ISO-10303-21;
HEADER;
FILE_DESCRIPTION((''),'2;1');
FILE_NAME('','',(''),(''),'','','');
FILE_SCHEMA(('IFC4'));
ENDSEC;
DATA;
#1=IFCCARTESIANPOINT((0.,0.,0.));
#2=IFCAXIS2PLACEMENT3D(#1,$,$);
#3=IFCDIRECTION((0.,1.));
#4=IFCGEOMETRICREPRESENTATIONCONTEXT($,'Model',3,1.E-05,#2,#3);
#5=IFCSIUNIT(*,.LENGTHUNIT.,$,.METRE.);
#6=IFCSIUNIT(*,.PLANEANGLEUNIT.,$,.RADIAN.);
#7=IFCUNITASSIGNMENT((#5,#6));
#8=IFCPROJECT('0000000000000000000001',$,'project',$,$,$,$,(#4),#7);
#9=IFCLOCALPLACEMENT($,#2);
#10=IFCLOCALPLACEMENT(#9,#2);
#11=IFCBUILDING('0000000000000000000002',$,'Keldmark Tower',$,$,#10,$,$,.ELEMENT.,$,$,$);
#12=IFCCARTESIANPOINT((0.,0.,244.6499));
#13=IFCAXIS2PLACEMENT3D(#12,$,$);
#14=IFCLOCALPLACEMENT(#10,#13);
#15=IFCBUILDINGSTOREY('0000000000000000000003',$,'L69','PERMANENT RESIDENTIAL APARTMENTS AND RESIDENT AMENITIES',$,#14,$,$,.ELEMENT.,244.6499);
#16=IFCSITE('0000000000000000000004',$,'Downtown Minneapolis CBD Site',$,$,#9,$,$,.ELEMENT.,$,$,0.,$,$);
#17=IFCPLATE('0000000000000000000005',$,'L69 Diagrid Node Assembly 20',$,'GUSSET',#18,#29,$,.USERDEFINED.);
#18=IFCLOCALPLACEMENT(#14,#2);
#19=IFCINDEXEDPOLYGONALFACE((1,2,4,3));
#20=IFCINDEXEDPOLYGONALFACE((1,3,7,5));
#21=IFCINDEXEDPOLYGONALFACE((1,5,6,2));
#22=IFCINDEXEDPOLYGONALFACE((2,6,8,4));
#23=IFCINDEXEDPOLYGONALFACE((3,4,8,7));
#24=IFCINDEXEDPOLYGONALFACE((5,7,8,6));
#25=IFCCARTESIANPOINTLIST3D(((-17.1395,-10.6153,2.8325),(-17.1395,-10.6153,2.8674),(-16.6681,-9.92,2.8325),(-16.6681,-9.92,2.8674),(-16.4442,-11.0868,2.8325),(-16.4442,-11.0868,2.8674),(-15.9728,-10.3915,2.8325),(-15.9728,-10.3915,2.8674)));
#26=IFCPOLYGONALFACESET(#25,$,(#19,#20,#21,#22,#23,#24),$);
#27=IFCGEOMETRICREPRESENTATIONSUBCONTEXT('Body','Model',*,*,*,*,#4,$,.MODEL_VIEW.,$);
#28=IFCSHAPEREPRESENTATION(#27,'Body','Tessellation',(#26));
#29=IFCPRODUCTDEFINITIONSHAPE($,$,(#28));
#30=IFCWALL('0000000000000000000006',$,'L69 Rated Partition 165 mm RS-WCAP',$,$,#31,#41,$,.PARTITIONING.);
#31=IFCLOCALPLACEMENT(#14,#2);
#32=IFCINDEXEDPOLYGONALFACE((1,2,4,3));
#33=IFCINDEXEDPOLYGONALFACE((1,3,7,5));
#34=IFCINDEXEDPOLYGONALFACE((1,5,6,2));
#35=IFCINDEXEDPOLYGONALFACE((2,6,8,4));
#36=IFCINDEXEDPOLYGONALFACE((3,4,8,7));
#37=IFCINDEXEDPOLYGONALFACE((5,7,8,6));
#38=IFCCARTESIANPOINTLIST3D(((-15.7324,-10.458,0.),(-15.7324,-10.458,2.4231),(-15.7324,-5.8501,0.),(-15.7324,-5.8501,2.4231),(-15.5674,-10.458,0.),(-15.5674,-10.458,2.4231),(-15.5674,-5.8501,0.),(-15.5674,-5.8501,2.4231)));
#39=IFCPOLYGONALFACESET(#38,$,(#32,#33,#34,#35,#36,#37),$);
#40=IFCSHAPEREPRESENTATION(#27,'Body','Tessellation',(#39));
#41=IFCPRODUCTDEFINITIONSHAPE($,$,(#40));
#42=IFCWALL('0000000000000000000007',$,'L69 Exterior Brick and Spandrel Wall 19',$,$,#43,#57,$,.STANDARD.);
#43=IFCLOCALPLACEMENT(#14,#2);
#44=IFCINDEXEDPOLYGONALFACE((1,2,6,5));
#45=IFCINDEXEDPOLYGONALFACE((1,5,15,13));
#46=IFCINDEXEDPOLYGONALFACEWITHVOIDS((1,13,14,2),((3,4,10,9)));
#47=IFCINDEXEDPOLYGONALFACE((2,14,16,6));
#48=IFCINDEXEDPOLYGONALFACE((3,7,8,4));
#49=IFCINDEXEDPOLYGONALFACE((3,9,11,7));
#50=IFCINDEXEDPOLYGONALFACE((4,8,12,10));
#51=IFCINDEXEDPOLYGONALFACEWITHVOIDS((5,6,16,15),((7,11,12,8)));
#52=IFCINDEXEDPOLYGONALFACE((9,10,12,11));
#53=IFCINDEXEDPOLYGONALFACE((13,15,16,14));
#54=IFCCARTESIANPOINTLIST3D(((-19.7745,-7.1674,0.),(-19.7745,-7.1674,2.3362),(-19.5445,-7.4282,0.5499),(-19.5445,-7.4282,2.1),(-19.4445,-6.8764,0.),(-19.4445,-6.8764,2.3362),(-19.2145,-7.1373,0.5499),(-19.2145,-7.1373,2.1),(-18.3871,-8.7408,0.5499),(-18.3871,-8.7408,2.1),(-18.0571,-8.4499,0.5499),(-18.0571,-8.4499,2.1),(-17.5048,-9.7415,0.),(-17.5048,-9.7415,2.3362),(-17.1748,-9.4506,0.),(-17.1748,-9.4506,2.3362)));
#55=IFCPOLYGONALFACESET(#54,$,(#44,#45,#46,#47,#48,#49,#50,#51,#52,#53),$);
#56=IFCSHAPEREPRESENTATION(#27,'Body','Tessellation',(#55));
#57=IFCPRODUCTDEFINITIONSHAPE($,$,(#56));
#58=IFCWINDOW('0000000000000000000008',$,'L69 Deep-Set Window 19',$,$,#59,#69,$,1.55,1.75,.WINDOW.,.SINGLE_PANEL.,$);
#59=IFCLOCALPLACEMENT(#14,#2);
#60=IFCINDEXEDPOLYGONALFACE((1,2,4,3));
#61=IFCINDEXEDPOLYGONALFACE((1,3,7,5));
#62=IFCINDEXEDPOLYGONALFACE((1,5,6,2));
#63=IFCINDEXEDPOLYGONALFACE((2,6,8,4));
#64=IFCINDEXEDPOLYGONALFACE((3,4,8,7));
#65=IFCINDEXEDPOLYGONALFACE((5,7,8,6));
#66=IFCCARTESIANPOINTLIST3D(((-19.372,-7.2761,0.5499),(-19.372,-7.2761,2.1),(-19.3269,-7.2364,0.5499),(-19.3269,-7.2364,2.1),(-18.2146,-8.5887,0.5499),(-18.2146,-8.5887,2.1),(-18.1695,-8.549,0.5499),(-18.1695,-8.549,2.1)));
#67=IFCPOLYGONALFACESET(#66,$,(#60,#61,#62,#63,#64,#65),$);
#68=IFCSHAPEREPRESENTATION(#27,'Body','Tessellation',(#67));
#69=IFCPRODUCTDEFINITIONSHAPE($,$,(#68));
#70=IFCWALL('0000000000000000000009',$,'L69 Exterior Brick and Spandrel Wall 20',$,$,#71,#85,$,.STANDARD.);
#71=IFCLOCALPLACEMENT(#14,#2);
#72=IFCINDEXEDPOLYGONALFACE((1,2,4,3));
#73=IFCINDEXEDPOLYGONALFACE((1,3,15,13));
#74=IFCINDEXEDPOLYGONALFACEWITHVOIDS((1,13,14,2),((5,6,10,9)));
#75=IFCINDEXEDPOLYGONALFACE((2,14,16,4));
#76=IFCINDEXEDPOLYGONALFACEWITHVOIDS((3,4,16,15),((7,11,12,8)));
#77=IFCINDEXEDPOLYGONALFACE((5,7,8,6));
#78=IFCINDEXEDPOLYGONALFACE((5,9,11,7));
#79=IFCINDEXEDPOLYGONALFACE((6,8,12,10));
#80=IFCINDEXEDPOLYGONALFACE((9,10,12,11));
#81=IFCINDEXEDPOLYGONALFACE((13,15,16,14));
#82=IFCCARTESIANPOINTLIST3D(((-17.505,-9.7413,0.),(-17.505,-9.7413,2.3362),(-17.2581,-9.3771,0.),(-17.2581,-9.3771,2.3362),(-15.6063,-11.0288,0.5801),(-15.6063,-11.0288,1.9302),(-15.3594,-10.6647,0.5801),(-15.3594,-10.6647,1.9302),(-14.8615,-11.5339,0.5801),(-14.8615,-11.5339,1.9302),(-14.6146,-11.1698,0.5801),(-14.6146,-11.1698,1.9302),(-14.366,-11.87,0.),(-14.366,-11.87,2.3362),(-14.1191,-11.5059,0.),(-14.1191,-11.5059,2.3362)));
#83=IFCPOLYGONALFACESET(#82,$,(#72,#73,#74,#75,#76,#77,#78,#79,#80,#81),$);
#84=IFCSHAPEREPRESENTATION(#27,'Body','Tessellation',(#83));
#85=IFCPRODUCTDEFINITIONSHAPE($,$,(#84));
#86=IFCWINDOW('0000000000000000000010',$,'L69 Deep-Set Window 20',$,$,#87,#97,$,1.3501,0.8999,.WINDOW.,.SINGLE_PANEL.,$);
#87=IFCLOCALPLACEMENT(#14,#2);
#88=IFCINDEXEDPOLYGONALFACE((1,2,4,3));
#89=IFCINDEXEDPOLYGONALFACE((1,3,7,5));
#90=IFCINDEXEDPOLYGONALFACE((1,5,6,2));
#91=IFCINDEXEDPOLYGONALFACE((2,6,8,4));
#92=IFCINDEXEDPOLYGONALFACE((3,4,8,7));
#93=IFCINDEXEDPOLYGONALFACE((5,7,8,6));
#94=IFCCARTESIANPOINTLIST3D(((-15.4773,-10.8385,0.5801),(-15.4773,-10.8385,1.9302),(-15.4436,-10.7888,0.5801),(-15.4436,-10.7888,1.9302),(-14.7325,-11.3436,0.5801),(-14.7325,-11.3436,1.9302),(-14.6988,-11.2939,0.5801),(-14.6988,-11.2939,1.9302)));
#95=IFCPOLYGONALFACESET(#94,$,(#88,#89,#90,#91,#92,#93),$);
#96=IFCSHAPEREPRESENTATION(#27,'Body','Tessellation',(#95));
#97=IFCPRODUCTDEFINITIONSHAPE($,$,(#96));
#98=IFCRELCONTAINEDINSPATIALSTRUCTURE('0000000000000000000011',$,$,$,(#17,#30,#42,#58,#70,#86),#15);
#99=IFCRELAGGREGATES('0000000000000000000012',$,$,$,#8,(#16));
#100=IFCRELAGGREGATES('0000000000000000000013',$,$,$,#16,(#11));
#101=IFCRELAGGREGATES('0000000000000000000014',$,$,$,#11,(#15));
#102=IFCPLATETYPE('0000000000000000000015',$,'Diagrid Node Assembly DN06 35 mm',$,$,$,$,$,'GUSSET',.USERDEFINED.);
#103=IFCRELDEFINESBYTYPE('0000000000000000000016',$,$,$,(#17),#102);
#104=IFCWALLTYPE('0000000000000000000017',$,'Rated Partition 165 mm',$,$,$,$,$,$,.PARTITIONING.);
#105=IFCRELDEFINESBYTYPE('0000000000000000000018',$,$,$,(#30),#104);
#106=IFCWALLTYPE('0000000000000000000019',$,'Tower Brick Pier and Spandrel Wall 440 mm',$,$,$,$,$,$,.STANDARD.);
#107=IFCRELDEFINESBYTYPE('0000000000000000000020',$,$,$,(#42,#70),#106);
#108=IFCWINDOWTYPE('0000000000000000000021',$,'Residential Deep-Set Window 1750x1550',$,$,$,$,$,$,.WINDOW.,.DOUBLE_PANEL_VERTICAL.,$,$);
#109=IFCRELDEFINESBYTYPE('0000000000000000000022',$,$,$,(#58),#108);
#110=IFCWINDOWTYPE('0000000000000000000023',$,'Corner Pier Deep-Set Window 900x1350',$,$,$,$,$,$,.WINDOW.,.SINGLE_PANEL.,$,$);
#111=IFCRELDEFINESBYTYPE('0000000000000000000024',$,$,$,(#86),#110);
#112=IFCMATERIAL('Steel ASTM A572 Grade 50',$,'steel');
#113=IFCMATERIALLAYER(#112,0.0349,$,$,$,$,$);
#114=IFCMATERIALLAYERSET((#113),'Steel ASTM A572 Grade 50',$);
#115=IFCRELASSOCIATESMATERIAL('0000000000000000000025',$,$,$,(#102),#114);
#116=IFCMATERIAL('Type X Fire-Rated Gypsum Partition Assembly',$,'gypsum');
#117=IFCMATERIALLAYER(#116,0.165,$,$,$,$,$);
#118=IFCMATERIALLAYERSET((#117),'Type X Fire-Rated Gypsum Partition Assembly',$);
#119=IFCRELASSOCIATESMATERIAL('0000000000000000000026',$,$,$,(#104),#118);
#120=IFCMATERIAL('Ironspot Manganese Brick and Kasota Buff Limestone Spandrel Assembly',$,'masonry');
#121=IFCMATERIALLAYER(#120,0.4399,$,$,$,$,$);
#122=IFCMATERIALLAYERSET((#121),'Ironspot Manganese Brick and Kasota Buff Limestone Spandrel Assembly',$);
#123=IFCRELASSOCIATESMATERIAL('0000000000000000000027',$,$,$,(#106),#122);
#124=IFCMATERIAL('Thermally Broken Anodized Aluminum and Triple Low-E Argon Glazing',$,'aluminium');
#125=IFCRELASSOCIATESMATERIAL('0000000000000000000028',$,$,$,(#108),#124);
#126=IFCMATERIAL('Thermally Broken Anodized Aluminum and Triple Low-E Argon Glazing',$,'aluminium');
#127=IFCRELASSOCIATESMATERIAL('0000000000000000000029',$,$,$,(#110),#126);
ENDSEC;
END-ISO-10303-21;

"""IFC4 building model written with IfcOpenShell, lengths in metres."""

from ifc_helpers import new_model, si_unit, direction, frame, frame_2d, origin, origin_2d, place, context, subcontext, project, spatial, rectangle, extrude, material, layer, layer_set, type_object, element, fill, save


model = new_model("IFC4")

# Units and contexts
model_context = context("Model", 3, precision=1e-05, world=origin(), true_north=direction((0.0, 1.0)))
body_context = subcontext(model_context, "Body", "Model", "MODEL_VIEW")
ifc_project = project(units=[si_unit("LENGTHUNIT", "METRE"), si_unit("PLANEANGLEUNIT", "RADIAN")], contexts=[model_context])

# Site, building, storey
site_placement = place(None, origin())
site = spatial("IfcSite", under=ifc_project, at=site_placement, Name="Downtown Minneapolis CBD Site", CompositionType="ELEMENT", RefElevation=0.0)
building_placement = place(site_placement, origin())
building = spatial("IfcBuilding", under=site, at=building_placement, Name="Keldmark Tower", CompositionType="ELEMENT")
storey_placement = place(building_placement, frame((0.0, 0.0, 244.6499)))
storey = spatial("IfcBuildingStorey", under=building, at=storey_placement, Name="L69", Description="PERMANENT RESIDENTIAL APARTMENTS AND RESIDENT AMENITIES", CompositionType="ELEMENT", Elevation=244.6499)

# Plate
ifc_material_1 = material(Name="Steel ASTM A572 Grade 50", Category="steel")
ifc_layer_1 = layer(ifc_material_1, 0.0349)
ifc_layer_set_1 = layer_set([ifc_layer_1], Name="Steel ASTM A572 Grade 50")
plate_type = type_object("IfcPlateType", Name="Diagrid Node Assembly DN06 35 mm", ElementType="GUSSET", PredefinedType="USERDEFINED", material=ifc_layer_set_1)
for number, where, z_axis, x_axis, name in (
    (1, (-16.5562, -10.5034, 2.8325), (0.0, 0.0, 1.0), (0.827669, -0.561217, 0.0), "L69 Diagrid Node Assembly 20"),
):
    element("IfcPlate", number, at=place(storey_placement, frame(where, z_axis=z_axis, x_axis=x_axis)), inside=storey, type_object=plate_type, Name=name, ObjectType="GUSSET", PredefinedType="USERDEFINED", context=body_context, shape_type="SweptSolid", body=[
        extrude(rectangle(XDim=0.8401, YDim=0.8401, at=origin_2d()), origin(), (0.0, 0.0, 1.0), 0.0349),
    ])

# Wall
ifc_material_2 = material(Name="Type X Fire-Rated Gypsum Partition Assembly", Category="gypsum")
ifc_layer_2 = layer(ifc_material_2, 0.165)
ifc_layer_set_2 = layer_set([ifc_layer_2], Name="Type X Fire-Rated Gypsum Partition Assembly")
wall_type_1 = type_object("IfcWallType", Name="Rated Partition 165 mm", PredefinedType="PARTITIONING", material=ifc_layer_set_2)
wall_1_placement = place(storey_placement, frame((-15.6499, -10.458, 0.0), z_axis=(0.0, 0.0, 1.0), x_axis=(0.0, 1.0, 0.0)))
element("IfcWall", 2, at=wall_1_placement, inside=storey, type_object=wall_type_1, Name="L69 Rated Partition 165 mm RS-WCAP", PredefinedType="PARTITIONING", context=body_context, shape_type="SweptSolid", body=[
    extrude(rectangle(XDim=4.6079, YDim=0.165, at=frame_2d((2.304, 0.0))), origin(), (0.0, 0.0, 1.0), 2.4231),
])

# Walls, openings, windows
ifc_material_3 = material(Name="Ironspot Manganese Brick and Kasota Buff Limestone Spandrel Assembly", Category="masonry")
ifc_layer_3 = layer(ifc_material_3, 0.4399)
ifc_layer_set_3 = layer_set([ifc_layer_3], Name="Ironspot Manganese Brick and Kasota Buff Limestone Spandrel Assembly")
wall_type_2 = type_object("IfcWallType", Name="Tower Brick Pier and Spandrel Wall 440 mm", PredefinedType="STANDARD", material=ifc_layer_set_3)
wall_2_placement = place(storey_placement, frame((-17.3398, -9.5959, 0.0), z_axis=(0.0, 0.0, 1.0), x_axis=(-0.66136, 0.750068, 0.0)))
wall_2 = element("IfcWall", 3, at=wall_2_placement, inside=storey, type_object=wall_type_2, Name="L69 Exterior Brick and Spandrel Wall 19", PredefinedType="STANDARD", context=body_context, shape_type="SweptSolid", body=[
    extrude(rectangle(XDim=3.4319, YDim=0.4399, at=frame_2d((1.7158, 0.0))), origin(), (0.0, 0.0, 1.0), 2.3362),
])
opening_1_placement = place(wall_2_placement, frame((1.334, 0.0, 0.55)))
opening_1 = element("IfcOpeningElement", 4, at=opening_1_placement, cuts=wall_2, PredefinedType="OPENING", context=body_context, shape_type="SweptSolid", body=[
    extrude(rectangle(XDim=1.75, YDim=1.55, at=frame_2d((0.875, 0.7749))), frame((0.0, 0.23, 0.0), z_axis=(0.0, -1.0, 0.0), x_axis=(1.0, 0.0, 0.0)), (0.0, 0.0, 1.0), 0.46),
])
ifc_material_4 = material(Name="Thermally Broken Anodized Aluminum and Triple Low-E Argon Glazing", Category="aluminium")
window_type_1 = type_object("IfcWindowType", Name="Residential Deep-Set Window 1750x1550", PartitioningType="DOUBLE_PANEL_VERTICAL", PredefinedType="WINDOW", material=ifc_material_4)
window_1_placement = place(opening_1_placement, origin())
window_1 = element("IfcWindow", 5, at=window_1_placement, inside=storey, type_object=window_type_1, Name="L69 Deep-Set Window 19", OverallHeight=1.55, OverallWidth=1.75, PartitioningType="SINGLE_PANEL", PredefinedType="WINDOW", context=body_context, shape_type="SweptSolid", body=[
    extrude(rectangle(XDim=1.75, YDim=1.55, at=frame_2d((0.875, 0.7749))), frame((0.0, -0.01, 0.0), z_axis=(0.0, -1.0, 0.0), x_axis=(1.0, 0.0, 0.0)), (0.0, 0.0, 1.0), 0.0601),
])
fill(opening_1, window_1)
wall_3_placement = place(storey_placement, frame((-14.2424, -11.688, 0.0), z_axis=(0.0, 0.0, 1.0), x_axis=(-0.827637, 0.561264, 0.0)))
wall_3 = element("IfcWall", 6, at=wall_3_placement, inside=storey, type_object=wall_type_2, Name="L69 Exterior Brick and Spandrel Wall 20", PredefinedType="STANDARD", context=body_context, shape_type="SweptSolid", body=[
    extrude(rectangle(XDim=3.7927, YDim=0.4399, at=frame_2d((1.8965, 0.0))), origin(), (0.0, 0.0, 1.0), 2.3362),
])
opening_2_placement = place(wall_3_placement, frame((0.5989, 0.0, 0.5801)))
opening_2 = element("IfcOpeningElement", 7, at=opening_2_placement, cuts=wall_3, PredefinedType="OPENING", context=body_context, shape_type="SweptSolid", body=[
    extrude(rectangle(XDim=0.8999, YDim=1.3501, at=frame_2d((0.45, 0.675))), frame((0.0, 0.23, 0.0), z_axis=(0.0, -1.0, 0.0), x_axis=(1.0, 0.0, 0.0)), (0.0, 0.0, 1.0), 0.46),
])
ifc_material_5 = material(Name="Thermally Broken Anodized Aluminum and Triple Low-E Argon Glazing", Category="aluminium")
window_type_2 = type_object("IfcWindowType", Name="Corner Pier Deep-Set Window 900x1350", PartitioningType="SINGLE_PANEL", PredefinedType="WINDOW", material=ifc_material_5)
window_2_placement = place(opening_2_placement, origin())
window_2 = element("IfcWindow", 8, at=window_2_placement, inside=storey, type_object=window_type_2, Name="L69 Deep-Set Window 20", OverallHeight=1.3501, OverallWidth=0.8999, PartitioningType="SINGLE_PANEL", PredefinedType="WINDOW", context=body_context, shape_type="SweptSolid", body=[
    extrude(rectangle(XDim=0.8999, YDim=1.3501, at=frame_2d((0.45, 0.675))), frame((0.0, -0.01, 0.0), z_axis=(0.0, -1.0, 0.0), x_axis=(1.0, 0.0, 0.0)), (0.0, 0.0, 1.0), 0.0601),
])
fill(opening_2, window_2)

save(model, "model.ifc")
